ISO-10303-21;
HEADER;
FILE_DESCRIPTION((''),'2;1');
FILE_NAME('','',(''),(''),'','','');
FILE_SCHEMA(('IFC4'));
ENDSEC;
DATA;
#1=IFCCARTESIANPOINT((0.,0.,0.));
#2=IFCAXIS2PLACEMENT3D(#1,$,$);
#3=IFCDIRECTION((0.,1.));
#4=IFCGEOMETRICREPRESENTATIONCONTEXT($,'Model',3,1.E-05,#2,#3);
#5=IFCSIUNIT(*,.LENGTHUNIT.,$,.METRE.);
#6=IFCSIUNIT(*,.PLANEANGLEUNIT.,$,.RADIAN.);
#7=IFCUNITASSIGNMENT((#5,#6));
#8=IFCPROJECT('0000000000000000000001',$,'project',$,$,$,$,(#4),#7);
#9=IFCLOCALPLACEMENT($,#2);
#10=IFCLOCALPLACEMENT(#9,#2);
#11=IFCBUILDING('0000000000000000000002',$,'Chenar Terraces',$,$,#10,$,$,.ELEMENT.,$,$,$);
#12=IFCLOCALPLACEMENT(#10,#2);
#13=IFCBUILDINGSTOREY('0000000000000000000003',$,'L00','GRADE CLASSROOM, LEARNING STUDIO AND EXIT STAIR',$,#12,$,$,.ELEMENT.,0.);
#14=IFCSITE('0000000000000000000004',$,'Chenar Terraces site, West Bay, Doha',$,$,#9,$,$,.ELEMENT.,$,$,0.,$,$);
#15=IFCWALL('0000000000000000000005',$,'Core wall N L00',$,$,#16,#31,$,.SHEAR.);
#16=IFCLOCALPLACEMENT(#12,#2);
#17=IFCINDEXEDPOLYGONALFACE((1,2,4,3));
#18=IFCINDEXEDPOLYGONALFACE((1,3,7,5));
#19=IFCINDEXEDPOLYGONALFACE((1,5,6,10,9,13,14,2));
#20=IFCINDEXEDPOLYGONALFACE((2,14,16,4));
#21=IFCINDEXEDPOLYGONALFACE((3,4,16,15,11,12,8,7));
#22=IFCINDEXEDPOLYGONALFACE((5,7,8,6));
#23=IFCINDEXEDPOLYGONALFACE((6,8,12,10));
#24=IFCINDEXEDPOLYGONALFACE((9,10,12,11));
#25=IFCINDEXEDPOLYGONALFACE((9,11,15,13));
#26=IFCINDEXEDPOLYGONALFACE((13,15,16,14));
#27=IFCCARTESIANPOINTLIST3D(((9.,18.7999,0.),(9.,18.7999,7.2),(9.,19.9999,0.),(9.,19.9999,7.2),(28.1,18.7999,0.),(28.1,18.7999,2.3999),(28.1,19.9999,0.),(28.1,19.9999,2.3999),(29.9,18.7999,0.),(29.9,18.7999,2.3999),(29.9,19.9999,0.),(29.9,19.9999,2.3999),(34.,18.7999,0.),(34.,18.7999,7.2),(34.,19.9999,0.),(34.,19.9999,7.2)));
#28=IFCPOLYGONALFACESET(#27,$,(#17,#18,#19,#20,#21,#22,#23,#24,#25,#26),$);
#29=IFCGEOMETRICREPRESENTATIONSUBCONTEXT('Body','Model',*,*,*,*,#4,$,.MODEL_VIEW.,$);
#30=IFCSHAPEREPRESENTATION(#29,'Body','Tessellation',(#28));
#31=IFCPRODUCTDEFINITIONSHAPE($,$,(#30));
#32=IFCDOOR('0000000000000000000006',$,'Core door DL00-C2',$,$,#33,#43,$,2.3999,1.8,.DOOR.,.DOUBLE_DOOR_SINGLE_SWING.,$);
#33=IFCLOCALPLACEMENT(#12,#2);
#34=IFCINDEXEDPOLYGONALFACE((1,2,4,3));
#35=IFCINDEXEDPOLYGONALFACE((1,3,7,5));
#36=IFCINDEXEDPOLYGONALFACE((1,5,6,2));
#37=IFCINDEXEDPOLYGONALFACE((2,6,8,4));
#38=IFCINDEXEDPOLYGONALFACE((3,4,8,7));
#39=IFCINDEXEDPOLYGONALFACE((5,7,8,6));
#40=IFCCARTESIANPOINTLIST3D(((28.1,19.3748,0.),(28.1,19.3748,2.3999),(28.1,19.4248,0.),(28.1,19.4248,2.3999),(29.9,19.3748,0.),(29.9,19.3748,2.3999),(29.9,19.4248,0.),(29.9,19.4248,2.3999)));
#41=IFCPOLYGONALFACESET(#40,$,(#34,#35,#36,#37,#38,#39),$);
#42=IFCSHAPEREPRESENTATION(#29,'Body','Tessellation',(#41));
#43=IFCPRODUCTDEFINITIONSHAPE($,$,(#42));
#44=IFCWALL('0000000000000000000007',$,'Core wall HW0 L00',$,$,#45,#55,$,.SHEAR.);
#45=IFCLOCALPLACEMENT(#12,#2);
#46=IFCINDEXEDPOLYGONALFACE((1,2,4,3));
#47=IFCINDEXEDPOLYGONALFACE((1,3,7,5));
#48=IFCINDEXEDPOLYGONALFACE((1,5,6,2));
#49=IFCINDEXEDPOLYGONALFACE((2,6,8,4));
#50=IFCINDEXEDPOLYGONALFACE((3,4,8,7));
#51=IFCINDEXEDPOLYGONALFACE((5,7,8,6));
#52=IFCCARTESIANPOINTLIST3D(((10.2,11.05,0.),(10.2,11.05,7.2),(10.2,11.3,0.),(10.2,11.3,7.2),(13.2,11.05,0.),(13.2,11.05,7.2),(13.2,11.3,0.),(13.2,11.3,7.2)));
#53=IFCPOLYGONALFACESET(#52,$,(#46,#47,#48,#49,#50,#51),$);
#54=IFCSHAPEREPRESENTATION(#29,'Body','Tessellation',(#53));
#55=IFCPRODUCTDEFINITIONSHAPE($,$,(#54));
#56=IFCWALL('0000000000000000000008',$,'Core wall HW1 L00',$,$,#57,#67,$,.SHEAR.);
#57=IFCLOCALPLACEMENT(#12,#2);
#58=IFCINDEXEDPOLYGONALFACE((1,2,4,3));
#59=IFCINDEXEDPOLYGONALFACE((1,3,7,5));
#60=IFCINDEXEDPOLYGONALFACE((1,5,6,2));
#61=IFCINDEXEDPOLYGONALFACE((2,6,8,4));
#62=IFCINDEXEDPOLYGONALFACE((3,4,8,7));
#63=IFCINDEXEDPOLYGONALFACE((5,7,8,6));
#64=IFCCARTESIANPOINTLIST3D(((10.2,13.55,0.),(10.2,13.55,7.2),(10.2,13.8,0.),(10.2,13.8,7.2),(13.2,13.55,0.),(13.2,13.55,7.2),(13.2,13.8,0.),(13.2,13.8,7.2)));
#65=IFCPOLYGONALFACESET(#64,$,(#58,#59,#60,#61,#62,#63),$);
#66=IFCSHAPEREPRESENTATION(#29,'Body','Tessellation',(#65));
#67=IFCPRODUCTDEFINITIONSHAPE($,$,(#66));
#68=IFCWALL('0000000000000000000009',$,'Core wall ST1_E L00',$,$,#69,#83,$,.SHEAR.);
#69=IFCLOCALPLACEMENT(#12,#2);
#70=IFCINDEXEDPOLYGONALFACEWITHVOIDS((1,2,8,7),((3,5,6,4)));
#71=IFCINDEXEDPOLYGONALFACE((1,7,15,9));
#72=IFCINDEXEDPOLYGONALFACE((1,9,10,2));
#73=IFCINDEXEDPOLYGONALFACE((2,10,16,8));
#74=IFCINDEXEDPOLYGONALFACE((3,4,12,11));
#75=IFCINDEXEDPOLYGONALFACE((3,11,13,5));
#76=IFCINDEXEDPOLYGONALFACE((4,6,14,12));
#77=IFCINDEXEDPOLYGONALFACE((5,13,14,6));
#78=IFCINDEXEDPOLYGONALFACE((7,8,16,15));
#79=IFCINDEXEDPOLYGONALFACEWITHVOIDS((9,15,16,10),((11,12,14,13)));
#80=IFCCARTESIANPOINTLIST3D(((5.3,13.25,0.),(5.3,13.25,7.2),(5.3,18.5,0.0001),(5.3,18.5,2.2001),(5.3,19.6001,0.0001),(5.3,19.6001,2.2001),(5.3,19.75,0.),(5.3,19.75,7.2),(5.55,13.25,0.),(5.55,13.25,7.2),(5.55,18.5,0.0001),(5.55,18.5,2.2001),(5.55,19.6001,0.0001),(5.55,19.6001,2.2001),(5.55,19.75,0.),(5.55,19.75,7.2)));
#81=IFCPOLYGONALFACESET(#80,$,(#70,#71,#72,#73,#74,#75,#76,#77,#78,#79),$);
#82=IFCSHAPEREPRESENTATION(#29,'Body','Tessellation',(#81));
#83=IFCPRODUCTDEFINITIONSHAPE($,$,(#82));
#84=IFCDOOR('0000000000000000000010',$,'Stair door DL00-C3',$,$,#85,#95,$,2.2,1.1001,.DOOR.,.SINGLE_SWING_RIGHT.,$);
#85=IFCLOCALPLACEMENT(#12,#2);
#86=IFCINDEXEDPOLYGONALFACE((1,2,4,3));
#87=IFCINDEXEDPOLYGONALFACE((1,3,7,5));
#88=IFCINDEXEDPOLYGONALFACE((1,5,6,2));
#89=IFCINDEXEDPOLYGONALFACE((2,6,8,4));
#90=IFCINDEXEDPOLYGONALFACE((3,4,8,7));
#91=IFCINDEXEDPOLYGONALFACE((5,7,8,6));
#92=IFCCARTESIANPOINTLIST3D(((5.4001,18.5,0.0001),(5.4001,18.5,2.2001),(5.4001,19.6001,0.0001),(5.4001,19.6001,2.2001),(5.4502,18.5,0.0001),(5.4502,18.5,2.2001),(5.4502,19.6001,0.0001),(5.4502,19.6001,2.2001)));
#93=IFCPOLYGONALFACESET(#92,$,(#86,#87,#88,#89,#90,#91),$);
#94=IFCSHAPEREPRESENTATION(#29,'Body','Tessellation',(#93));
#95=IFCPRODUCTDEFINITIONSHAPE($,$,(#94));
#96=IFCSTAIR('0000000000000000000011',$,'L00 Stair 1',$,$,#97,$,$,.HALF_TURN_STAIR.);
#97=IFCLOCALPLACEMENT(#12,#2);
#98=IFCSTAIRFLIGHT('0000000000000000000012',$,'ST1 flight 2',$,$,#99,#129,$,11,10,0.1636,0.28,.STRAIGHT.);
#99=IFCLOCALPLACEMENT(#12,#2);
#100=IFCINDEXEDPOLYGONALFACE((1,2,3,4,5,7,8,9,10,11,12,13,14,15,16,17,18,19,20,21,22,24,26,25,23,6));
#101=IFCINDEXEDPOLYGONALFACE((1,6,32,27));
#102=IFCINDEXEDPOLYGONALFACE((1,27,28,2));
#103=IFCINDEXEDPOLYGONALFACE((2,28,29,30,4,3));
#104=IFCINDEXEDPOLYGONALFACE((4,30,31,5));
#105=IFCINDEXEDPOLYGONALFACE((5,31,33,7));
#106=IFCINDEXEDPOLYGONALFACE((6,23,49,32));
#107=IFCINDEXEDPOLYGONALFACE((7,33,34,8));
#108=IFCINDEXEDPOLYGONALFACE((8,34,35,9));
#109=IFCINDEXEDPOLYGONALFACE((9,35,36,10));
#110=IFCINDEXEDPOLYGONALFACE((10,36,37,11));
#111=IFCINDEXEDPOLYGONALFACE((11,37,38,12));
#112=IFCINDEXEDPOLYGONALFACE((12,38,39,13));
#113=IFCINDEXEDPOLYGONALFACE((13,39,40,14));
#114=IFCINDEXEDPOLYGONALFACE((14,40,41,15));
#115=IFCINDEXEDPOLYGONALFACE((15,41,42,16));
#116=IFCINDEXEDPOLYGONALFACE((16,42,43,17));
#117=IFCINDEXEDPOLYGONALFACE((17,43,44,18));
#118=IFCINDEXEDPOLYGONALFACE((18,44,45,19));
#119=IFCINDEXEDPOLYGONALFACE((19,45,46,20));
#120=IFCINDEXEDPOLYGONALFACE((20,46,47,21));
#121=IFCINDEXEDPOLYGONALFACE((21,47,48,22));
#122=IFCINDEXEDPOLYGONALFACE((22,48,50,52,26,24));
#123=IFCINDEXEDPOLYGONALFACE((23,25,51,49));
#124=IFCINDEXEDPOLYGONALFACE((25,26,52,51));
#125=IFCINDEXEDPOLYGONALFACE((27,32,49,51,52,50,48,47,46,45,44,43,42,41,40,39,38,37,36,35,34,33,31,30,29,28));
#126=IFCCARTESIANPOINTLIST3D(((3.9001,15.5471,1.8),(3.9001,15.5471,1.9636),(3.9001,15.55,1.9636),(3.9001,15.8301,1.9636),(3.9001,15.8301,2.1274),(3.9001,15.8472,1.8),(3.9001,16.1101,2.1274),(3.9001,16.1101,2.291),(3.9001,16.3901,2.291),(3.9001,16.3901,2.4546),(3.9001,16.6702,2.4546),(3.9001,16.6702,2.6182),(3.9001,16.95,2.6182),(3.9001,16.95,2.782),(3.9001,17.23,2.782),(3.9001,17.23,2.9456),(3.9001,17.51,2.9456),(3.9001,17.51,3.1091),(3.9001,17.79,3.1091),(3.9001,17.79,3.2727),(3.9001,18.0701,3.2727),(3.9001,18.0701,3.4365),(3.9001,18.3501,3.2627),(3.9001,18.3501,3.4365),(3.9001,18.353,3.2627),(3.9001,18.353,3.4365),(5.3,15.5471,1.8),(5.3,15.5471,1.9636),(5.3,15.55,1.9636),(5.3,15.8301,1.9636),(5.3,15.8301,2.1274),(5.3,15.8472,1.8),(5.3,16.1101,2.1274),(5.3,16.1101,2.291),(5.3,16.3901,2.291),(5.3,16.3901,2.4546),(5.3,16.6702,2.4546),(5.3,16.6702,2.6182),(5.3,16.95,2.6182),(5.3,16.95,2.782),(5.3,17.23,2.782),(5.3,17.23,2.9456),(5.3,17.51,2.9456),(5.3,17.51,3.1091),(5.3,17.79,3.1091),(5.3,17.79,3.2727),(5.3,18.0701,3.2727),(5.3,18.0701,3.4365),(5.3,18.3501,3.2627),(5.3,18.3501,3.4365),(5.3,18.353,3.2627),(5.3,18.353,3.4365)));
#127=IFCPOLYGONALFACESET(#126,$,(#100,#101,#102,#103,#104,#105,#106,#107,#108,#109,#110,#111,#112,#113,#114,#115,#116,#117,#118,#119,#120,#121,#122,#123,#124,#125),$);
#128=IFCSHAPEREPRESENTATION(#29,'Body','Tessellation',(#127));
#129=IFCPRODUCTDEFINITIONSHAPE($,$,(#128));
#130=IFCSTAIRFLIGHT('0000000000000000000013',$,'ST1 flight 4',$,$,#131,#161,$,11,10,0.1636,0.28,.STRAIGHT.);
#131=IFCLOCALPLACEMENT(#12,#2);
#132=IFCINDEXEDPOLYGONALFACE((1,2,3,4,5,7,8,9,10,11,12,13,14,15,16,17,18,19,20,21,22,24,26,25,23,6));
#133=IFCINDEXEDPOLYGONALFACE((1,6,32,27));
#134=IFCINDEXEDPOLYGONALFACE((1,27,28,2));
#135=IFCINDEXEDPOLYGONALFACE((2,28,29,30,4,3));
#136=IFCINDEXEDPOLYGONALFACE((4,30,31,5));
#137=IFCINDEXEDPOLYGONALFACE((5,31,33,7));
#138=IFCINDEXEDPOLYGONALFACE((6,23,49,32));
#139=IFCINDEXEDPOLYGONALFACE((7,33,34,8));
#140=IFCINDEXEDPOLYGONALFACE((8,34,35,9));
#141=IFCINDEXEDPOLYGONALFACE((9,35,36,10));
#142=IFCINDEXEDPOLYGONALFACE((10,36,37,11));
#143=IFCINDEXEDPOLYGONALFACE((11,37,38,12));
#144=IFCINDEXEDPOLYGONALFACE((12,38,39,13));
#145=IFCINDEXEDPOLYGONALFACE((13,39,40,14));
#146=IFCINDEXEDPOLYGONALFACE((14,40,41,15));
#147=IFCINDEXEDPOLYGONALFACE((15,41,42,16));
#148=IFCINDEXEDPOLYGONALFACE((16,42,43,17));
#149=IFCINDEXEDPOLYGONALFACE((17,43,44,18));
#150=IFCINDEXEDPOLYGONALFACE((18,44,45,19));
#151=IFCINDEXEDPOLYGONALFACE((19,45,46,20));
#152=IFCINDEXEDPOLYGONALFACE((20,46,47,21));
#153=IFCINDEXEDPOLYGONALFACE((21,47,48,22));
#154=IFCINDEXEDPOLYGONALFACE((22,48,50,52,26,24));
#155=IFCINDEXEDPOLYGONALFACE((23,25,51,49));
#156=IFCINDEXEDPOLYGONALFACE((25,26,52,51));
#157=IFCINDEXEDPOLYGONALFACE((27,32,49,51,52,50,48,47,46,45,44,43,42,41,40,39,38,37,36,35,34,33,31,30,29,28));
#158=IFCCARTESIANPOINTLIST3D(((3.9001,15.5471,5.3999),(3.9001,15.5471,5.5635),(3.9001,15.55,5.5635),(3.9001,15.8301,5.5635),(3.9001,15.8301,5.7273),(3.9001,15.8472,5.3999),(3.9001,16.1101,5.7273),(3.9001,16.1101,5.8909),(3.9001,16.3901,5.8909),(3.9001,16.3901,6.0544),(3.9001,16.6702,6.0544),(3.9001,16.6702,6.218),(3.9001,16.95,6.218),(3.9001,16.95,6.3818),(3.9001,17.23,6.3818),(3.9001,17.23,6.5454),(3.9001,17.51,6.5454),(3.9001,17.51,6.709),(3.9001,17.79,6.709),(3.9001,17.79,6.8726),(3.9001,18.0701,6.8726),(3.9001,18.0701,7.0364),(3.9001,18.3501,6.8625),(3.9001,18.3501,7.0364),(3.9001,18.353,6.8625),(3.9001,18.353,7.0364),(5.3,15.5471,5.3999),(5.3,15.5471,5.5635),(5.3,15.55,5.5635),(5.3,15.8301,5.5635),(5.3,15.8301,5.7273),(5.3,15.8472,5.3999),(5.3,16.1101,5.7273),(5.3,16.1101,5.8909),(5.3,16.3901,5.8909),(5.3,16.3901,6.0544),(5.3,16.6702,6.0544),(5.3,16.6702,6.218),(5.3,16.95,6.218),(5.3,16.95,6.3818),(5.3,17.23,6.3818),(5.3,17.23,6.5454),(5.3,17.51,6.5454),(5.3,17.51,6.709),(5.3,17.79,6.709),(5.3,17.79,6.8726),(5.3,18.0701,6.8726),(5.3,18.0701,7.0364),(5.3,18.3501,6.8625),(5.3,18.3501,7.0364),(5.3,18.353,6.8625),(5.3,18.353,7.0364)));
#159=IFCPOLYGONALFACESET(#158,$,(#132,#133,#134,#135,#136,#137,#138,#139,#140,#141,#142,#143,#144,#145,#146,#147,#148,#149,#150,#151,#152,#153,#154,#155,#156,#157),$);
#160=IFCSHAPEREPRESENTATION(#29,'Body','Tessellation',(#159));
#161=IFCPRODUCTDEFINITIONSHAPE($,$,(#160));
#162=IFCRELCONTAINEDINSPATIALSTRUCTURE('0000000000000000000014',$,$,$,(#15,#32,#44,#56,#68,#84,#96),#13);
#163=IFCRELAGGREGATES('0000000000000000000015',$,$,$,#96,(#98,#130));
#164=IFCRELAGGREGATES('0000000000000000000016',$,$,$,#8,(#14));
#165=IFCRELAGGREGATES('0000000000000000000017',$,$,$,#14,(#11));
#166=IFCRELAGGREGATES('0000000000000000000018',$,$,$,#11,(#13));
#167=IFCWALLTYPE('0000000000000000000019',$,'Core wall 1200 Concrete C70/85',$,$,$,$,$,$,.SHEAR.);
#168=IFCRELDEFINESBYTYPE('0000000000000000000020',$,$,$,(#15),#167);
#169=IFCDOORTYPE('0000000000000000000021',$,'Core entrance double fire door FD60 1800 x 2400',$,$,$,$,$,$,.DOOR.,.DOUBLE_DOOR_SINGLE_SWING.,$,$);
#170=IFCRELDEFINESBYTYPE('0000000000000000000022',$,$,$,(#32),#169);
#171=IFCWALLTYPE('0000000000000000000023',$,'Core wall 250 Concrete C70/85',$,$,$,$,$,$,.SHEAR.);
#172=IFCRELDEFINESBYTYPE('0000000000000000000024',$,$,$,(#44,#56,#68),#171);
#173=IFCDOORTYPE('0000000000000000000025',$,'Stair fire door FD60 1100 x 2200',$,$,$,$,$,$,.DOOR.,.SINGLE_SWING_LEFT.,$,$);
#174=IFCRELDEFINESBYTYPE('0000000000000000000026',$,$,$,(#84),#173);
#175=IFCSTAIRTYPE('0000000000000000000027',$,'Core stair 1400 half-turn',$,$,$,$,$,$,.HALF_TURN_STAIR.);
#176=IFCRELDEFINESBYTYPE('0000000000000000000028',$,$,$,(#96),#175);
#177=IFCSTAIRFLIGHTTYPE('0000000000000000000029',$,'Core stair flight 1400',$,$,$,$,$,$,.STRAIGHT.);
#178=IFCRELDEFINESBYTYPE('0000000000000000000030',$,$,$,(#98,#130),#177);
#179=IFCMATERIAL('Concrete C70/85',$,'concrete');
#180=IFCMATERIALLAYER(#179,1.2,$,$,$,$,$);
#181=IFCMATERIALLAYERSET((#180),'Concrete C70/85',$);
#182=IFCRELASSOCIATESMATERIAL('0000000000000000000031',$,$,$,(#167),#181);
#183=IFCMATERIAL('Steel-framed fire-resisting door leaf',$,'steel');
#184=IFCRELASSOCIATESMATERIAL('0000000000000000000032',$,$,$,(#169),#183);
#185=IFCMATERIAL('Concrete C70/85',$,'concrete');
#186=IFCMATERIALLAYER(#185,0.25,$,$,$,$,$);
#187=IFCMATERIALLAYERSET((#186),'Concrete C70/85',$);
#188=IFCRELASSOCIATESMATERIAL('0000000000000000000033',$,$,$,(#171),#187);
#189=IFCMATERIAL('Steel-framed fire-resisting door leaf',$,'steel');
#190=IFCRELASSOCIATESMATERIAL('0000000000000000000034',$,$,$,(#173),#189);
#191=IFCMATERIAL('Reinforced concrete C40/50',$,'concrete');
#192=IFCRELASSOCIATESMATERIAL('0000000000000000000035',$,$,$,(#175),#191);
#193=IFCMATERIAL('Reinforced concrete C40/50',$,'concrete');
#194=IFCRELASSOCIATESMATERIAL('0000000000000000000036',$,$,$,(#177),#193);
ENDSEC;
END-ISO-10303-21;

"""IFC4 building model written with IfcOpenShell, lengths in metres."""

from ifc_helpers import new_model, si_unit, direction, frame, frame_2d, origin, place, context, subcontext, project, spatial, polyline, rectangle, outline, extrude, material, layer, layer_set, type_object, element, fill, aggregate, save


model = new_model("IFC4")

# Units and contexts
model_context = context("Model", 3, precision=1e-05, world=origin(), true_north=direction((0.0, 1.0)))
body_context = subcontext(model_context, "Body", "Model", "MODEL_VIEW")
ifc_project = project(units=[si_unit("LENGTHUNIT", "METRE"), si_unit("PLANEANGLEUNIT", "RADIAN")], contexts=[model_context])

# Site, building, storey
site_placement = place(None, origin())
site = spatial("IfcSite", under=ifc_project, at=site_placement, Name="Chenar Terraces site, West Bay, Doha", CompositionType="ELEMENT", RefElevation=0.0)
building_placement = place(site_placement, origin())
building = spatial("IfcBuilding", under=site, at=building_placement, Name="Chenar Terraces", CompositionType="ELEMENT")
storey_placement = place(building_placement, origin())
storey = spatial("IfcBuildingStorey", under=building, at=storey_placement, Name="L00", Description="GRADE CLASSROOM, LEARNING STUDIO AND EXIT STAIR", CompositionType="ELEMENT", Elevation=0.0)

# Wall, opening, door
ifc_material_1 = material(Name="Concrete C70/85", Category="concrete")
ifc_layer_1 = layer(ifc_material_1, 1.2)
ifc_layer_set_1 = layer_set([ifc_layer_1], Name="Concrete C70/85")
wall_type_1 = type_object("IfcWallType", Name="Core wall 1200 Concrete C70/85", PredefinedType="SHEAR", material=ifc_layer_set_1)
wall_1_placement = place(storey_placement, frame((9.0, 19.3999, 0.0), z_axis=(0.0, 0.0, 1.0), x_axis=(1.0, 0.0, 0.0)))
wall_1 = element("IfcWall", 1, at=wall_1_placement, inside=storey, type_object=wall_type_1, Name="Core wall N L00", PredefinedType="SHEAR", context=body_context, shape_type="SweptSolid", body=[
    extrude(rectangle(XDim=25.0, YDim=1.2, at=frame_2d((12.5, 0.0))), origin(), (0.0, 0.0, 1.0), 7.2),
])
opening_1_placement = place(wall_1_placement, frame((19.1001, 0.0, 0.0)))
opening_1 = element("IfcOpeningElement", 2, at=opening_1_placement, cuts=wall_1, PredefinedType="OPENING", context=body_context, shape_type="SweptSolid", body=[
    extrude(rectangle(XDim=1.8, YDim=2.3999, at=frame_2d((0.8999, 1.2))), frame((0.0, 0.6099, 0.0), z_axis=(0.0, -1.0, 0.0), x_axis=(1.0, 0.0, 0.0)), (0.0, 0.0, 1.0), 1.22),
])
ifc_material_2 = material(Name="Steel-framed fire-resisting door leaf", Category="steel")
door_type_1 = type_object("IfcDoorType", Name="Core entrance double fire door FD60 1800 x 2400", OperationType="DOUBLE_DOOR_SINGLE_SWING", PredefinedType="DOOR", material=ifc_material_2)
door_1_placement = place(opening_1_placement, origin())
door_1 = element("IfcDoor", 3, at=door_1_placement, inside=storey, type_object=door_type_1, Name="Core door DL00-C2", OperationType="DOUBLE_DOOR_SINGLE_SWING", OverallHeight=2.3999, OverallWidth=1.8, PredefinedType="DOOR", context=body_context, shape_type="SweptSolid", body=[
    extrude(rectangle(XDim=1.8, YDim=2.3999, at=frame_2d((0.8999, 1.2))), frame((0.0, 0.0249, 0.0), z_axis=(0.0, -1.0, 0.0), x_axis=(1.0, 0.0, 0.0)), (0.0, 0.0, 1.0), 0.05),
])
fill(opening_1, door_1)

# Walls
ifc_material_3 = material(Name="Concrete C70/85", Category="concrete")
ifc_layer_2 = layer(ifc_material_3, 0.25)
ifc_layer_set_2 = layer_set([ifc_layer_2], Name="Concrete C70/85")
wall_type_2 = type_object("IfcWallType", Name="Core wall 250 Concrete C70/85", PredefinedType="SHEAR", material=ifc_layer_set_2)
for number, where, z_axis, x_axis, name in (
    (4, (10.2, 11.175, 0.0), (0.0, 0.0, 1.0), (1.0, 0.0, 0.0), "Core wall HW0 L00"),
    (5, (10.2, 13.675, 0.0), (0.0, 0.0, 1.0), (1.0, 0.0, 0.0), "Core wall HW1 L00"),
):
    element("IfcWall", number, at=place(storey_placement, frame(where, z_axis=z_axis, x_axis=x_axis)), inside=storey, type_object=wall_type_2, Name=name, PredefinedType="SHEAR", context=body_context, shape_type="SweptSolid", body=[
        extrude(rectangle(XDim=3.0, YDim=0.25, at=frame_2d((1.5, 0.0))), origin(), (0.0, 0.0, 1.0), 7.2),
    ])

# Wall, opening, door
wall_2_placement = place(storey_placement, frame((5.425, 13.25, 0.0), z_axis=(0.0, 0.0, 1.0), x_axis=(0.0, 1.0, 0.0)))
wall_2 = element("IfcWall", 6, at=wall_2_placement, inside=storey, type_object=wall_type_2, Name="Core wall ST1_E L00", PredefinedType="SHEAR", context=body_context, shape_type="SweptSolid", body=[
    extrude(rectangle(XDim=6.5, YDim=0.25, at=frame_2d((3.25, 0.0))), origin(), (0.0, 0.0, 1.0), 7.2),
])
opening_2_placement = place(wall_2_placement, frame((5.25, 0.0, 0.0)))
opening_2 = element("IfcOpeningElement", 7, at=opening_2_placement, cuts=wall_2, PredefinedType="OPENING", context=body_context, shape_type="SweptSolid", body=[
    extrude(rectangle(XDim=1.1001, YDim=2.2, at=frame_2d((0.55, 1.1001))), frame((0.0, 0.135, 0.0), z_axis=(0.0, -1.0, 0.0), x_axis=(1.0, 0.0, 0.0)), (0.0, 0.0, 1.0), 0.27),
])
ifc_material_4 = material(Name="Steel-framed fire-resisting door leaf", Category="steel")
door_type_2 = type_object("IfcDoorType", Name="Stair fire door FD60 1100 x 2200", OperationType="SINGLE_SWING_LEFT", PredefinedType="DOOR", material=ifc_material_4)
door_2_placement = place(opening_2_placement, origin())
door_2 = element("IfcDoor", 8, at=door_2_placement, inside=storey, type_object=door_type_2, Name="Stair door DL00-C3", OperationType="SINGLE_SWING_RIGHT", OverallHeight=2.2, OverallWidth=1.1001, PredefinedType="DOOR", context=body_context, shape_type="SweptSolid", body=[
    extrude(rectangle(XDim=1.1001, YDim=2.2, at=frame_2d((0.55, 1.1001))), frame((0.0, 0.0249, 0.0), z_axis=(0.0, -1.0, 0.0), x_axis=(1.0, 0.0, 0.0)), (0.0, 0.0, 1.0), 0.05),
])
fill(opening_2, door_2)

# Stair, stair flights
ifc_material_5 = material(Name="Reinforced concrete C40/50", Category="concrete")
stair_type = type_object("IfcStairType", Name="Core stair 1400 half-turn", PredefinedType="HALF_TURN_STAIR", material=ifc_material_5)
stair_placement = place(storey_placement, origin())
stair = element("IfcStair", 9, at=stair_placement, inside=storey, type_object=stair_type, Name="L00 Stair 1", PredefinedType="HALF_TURN_STAIR")
ifc_material_6 = material(Name="Reinforced concrete C40/50", Category="concrete")
stair_flight_type = type_object("IfcStairFlightType", Name="Core stair flight 1400", PredefinedType="STRAIGHT", material=ifc_material_6)
stair_flight_1_placement = place(storey_placement, frame((4.6001, 15.55, 1.8), z_axis=(0.0, 0.0, 1.0), x_axis=(0.0, 1.0, 0.0)))
stair_flight_1 = element("IfcStairFlight", 10, at=stair_flight_1_placement, type_object=stair_flight_type, Name="ST1 flight 2", NumberOfRisers=11, NumberOfTreads=10, PredefinedType="STRAIGHT", RiserHeight=0.1636, TreadLength=0.28, context=body_context, shape_type="SweptSolid", body=[
    extrude(outline(polyline([(-0.0029, 0.0), (-0.0029, 0.1636), (0.0, 0.1636), (0.28, 0.1636), (0.28, 0.3274), (0.5601, 0.3274), (0.5601, 0.491), (0.8401, 0.491), (0.8401, 0.6545), (1.1201, 0.6545), (1.1201, 0.8181), (1.3999, 0.8181), (1.3999, 0.9819), (1.6799, 0.9819), (1.6799, 1.1455), (1.96, 1.1455), (1.96, 1.3091), (2.24, 1.3091), (2.24, 1.4727), (2.52, 1.4727), (2.52, 1.6365), (2.8, 1.6365), (2.803, 1.6365), (2.803, 1.4626), (2.8, 1.4626), (0.2971, 0.0), (-0.0029, 0.0)])), frame((0.0, 0.7, 0.0), z_axis=(0.0, -1.0, 0.0), x_axis=(1.0, 0.0, 0.0)), (0.0, 0.0, 1.0), 1.3999),
])
stair_flight_2_placement = place(storey_placement, frame((4.6001, 15.55, 5.3999), z_axis=(0.0, 0.0, 1.0), x_axis=(0.0, 1.0, 0.0)))
stair_flight_2 = element("IfcStairFlight", 11, at=stair_flight_2_placement, type_object=stair_flight_type, Name="ST1 flight 4", NumberOfRisers=11, NumberOfTreads=10, PredefinedType="STRAIGHT", RiserHeight=0.1636, TreadLength=0.28, context=body_context, shape_type="SweptSolid", body=[
    extrude(outline(polyline([(-0.0029, 0.0), (-0.0029, 0.1636), (0.0, 0.1636), (0.28, 0.1636), (0.28, 0.3274), (0.5601, 0.3274), (0.5601, 0.491), (0.8401, 0.491), (0.8401, 0.6545), (1.1201, 0.6545), (1.1201, 0.8181), (1.3999, 0.8181), (1.3999, 0.9819), (1.6799, 0.9819), (1.6799, 1.1455), (1.96, 1.1455), (1.96, 1.3091), (2.24, 1.3091), (2.24, 1.4727), (2.52, 1.4727), (2.52, 1.6365), (2.8, 1.6365), (2.803, 1.6365), (2.803, 1.4626), (2.8, 1.4626), (0.2971, 0.0), (-0.0029, 0.0)])), frame((0.0, 0.7, 0.0), z_axis=(0.0, -1.0, 0.0), x_axis=(1.0, 0.0, 0.0)), (0.0, 0.0, 1.0), 1.3999),
])
aggregate(stair, [stair_flight_1, stair_flight_2])

save(model, "model.ifc")
